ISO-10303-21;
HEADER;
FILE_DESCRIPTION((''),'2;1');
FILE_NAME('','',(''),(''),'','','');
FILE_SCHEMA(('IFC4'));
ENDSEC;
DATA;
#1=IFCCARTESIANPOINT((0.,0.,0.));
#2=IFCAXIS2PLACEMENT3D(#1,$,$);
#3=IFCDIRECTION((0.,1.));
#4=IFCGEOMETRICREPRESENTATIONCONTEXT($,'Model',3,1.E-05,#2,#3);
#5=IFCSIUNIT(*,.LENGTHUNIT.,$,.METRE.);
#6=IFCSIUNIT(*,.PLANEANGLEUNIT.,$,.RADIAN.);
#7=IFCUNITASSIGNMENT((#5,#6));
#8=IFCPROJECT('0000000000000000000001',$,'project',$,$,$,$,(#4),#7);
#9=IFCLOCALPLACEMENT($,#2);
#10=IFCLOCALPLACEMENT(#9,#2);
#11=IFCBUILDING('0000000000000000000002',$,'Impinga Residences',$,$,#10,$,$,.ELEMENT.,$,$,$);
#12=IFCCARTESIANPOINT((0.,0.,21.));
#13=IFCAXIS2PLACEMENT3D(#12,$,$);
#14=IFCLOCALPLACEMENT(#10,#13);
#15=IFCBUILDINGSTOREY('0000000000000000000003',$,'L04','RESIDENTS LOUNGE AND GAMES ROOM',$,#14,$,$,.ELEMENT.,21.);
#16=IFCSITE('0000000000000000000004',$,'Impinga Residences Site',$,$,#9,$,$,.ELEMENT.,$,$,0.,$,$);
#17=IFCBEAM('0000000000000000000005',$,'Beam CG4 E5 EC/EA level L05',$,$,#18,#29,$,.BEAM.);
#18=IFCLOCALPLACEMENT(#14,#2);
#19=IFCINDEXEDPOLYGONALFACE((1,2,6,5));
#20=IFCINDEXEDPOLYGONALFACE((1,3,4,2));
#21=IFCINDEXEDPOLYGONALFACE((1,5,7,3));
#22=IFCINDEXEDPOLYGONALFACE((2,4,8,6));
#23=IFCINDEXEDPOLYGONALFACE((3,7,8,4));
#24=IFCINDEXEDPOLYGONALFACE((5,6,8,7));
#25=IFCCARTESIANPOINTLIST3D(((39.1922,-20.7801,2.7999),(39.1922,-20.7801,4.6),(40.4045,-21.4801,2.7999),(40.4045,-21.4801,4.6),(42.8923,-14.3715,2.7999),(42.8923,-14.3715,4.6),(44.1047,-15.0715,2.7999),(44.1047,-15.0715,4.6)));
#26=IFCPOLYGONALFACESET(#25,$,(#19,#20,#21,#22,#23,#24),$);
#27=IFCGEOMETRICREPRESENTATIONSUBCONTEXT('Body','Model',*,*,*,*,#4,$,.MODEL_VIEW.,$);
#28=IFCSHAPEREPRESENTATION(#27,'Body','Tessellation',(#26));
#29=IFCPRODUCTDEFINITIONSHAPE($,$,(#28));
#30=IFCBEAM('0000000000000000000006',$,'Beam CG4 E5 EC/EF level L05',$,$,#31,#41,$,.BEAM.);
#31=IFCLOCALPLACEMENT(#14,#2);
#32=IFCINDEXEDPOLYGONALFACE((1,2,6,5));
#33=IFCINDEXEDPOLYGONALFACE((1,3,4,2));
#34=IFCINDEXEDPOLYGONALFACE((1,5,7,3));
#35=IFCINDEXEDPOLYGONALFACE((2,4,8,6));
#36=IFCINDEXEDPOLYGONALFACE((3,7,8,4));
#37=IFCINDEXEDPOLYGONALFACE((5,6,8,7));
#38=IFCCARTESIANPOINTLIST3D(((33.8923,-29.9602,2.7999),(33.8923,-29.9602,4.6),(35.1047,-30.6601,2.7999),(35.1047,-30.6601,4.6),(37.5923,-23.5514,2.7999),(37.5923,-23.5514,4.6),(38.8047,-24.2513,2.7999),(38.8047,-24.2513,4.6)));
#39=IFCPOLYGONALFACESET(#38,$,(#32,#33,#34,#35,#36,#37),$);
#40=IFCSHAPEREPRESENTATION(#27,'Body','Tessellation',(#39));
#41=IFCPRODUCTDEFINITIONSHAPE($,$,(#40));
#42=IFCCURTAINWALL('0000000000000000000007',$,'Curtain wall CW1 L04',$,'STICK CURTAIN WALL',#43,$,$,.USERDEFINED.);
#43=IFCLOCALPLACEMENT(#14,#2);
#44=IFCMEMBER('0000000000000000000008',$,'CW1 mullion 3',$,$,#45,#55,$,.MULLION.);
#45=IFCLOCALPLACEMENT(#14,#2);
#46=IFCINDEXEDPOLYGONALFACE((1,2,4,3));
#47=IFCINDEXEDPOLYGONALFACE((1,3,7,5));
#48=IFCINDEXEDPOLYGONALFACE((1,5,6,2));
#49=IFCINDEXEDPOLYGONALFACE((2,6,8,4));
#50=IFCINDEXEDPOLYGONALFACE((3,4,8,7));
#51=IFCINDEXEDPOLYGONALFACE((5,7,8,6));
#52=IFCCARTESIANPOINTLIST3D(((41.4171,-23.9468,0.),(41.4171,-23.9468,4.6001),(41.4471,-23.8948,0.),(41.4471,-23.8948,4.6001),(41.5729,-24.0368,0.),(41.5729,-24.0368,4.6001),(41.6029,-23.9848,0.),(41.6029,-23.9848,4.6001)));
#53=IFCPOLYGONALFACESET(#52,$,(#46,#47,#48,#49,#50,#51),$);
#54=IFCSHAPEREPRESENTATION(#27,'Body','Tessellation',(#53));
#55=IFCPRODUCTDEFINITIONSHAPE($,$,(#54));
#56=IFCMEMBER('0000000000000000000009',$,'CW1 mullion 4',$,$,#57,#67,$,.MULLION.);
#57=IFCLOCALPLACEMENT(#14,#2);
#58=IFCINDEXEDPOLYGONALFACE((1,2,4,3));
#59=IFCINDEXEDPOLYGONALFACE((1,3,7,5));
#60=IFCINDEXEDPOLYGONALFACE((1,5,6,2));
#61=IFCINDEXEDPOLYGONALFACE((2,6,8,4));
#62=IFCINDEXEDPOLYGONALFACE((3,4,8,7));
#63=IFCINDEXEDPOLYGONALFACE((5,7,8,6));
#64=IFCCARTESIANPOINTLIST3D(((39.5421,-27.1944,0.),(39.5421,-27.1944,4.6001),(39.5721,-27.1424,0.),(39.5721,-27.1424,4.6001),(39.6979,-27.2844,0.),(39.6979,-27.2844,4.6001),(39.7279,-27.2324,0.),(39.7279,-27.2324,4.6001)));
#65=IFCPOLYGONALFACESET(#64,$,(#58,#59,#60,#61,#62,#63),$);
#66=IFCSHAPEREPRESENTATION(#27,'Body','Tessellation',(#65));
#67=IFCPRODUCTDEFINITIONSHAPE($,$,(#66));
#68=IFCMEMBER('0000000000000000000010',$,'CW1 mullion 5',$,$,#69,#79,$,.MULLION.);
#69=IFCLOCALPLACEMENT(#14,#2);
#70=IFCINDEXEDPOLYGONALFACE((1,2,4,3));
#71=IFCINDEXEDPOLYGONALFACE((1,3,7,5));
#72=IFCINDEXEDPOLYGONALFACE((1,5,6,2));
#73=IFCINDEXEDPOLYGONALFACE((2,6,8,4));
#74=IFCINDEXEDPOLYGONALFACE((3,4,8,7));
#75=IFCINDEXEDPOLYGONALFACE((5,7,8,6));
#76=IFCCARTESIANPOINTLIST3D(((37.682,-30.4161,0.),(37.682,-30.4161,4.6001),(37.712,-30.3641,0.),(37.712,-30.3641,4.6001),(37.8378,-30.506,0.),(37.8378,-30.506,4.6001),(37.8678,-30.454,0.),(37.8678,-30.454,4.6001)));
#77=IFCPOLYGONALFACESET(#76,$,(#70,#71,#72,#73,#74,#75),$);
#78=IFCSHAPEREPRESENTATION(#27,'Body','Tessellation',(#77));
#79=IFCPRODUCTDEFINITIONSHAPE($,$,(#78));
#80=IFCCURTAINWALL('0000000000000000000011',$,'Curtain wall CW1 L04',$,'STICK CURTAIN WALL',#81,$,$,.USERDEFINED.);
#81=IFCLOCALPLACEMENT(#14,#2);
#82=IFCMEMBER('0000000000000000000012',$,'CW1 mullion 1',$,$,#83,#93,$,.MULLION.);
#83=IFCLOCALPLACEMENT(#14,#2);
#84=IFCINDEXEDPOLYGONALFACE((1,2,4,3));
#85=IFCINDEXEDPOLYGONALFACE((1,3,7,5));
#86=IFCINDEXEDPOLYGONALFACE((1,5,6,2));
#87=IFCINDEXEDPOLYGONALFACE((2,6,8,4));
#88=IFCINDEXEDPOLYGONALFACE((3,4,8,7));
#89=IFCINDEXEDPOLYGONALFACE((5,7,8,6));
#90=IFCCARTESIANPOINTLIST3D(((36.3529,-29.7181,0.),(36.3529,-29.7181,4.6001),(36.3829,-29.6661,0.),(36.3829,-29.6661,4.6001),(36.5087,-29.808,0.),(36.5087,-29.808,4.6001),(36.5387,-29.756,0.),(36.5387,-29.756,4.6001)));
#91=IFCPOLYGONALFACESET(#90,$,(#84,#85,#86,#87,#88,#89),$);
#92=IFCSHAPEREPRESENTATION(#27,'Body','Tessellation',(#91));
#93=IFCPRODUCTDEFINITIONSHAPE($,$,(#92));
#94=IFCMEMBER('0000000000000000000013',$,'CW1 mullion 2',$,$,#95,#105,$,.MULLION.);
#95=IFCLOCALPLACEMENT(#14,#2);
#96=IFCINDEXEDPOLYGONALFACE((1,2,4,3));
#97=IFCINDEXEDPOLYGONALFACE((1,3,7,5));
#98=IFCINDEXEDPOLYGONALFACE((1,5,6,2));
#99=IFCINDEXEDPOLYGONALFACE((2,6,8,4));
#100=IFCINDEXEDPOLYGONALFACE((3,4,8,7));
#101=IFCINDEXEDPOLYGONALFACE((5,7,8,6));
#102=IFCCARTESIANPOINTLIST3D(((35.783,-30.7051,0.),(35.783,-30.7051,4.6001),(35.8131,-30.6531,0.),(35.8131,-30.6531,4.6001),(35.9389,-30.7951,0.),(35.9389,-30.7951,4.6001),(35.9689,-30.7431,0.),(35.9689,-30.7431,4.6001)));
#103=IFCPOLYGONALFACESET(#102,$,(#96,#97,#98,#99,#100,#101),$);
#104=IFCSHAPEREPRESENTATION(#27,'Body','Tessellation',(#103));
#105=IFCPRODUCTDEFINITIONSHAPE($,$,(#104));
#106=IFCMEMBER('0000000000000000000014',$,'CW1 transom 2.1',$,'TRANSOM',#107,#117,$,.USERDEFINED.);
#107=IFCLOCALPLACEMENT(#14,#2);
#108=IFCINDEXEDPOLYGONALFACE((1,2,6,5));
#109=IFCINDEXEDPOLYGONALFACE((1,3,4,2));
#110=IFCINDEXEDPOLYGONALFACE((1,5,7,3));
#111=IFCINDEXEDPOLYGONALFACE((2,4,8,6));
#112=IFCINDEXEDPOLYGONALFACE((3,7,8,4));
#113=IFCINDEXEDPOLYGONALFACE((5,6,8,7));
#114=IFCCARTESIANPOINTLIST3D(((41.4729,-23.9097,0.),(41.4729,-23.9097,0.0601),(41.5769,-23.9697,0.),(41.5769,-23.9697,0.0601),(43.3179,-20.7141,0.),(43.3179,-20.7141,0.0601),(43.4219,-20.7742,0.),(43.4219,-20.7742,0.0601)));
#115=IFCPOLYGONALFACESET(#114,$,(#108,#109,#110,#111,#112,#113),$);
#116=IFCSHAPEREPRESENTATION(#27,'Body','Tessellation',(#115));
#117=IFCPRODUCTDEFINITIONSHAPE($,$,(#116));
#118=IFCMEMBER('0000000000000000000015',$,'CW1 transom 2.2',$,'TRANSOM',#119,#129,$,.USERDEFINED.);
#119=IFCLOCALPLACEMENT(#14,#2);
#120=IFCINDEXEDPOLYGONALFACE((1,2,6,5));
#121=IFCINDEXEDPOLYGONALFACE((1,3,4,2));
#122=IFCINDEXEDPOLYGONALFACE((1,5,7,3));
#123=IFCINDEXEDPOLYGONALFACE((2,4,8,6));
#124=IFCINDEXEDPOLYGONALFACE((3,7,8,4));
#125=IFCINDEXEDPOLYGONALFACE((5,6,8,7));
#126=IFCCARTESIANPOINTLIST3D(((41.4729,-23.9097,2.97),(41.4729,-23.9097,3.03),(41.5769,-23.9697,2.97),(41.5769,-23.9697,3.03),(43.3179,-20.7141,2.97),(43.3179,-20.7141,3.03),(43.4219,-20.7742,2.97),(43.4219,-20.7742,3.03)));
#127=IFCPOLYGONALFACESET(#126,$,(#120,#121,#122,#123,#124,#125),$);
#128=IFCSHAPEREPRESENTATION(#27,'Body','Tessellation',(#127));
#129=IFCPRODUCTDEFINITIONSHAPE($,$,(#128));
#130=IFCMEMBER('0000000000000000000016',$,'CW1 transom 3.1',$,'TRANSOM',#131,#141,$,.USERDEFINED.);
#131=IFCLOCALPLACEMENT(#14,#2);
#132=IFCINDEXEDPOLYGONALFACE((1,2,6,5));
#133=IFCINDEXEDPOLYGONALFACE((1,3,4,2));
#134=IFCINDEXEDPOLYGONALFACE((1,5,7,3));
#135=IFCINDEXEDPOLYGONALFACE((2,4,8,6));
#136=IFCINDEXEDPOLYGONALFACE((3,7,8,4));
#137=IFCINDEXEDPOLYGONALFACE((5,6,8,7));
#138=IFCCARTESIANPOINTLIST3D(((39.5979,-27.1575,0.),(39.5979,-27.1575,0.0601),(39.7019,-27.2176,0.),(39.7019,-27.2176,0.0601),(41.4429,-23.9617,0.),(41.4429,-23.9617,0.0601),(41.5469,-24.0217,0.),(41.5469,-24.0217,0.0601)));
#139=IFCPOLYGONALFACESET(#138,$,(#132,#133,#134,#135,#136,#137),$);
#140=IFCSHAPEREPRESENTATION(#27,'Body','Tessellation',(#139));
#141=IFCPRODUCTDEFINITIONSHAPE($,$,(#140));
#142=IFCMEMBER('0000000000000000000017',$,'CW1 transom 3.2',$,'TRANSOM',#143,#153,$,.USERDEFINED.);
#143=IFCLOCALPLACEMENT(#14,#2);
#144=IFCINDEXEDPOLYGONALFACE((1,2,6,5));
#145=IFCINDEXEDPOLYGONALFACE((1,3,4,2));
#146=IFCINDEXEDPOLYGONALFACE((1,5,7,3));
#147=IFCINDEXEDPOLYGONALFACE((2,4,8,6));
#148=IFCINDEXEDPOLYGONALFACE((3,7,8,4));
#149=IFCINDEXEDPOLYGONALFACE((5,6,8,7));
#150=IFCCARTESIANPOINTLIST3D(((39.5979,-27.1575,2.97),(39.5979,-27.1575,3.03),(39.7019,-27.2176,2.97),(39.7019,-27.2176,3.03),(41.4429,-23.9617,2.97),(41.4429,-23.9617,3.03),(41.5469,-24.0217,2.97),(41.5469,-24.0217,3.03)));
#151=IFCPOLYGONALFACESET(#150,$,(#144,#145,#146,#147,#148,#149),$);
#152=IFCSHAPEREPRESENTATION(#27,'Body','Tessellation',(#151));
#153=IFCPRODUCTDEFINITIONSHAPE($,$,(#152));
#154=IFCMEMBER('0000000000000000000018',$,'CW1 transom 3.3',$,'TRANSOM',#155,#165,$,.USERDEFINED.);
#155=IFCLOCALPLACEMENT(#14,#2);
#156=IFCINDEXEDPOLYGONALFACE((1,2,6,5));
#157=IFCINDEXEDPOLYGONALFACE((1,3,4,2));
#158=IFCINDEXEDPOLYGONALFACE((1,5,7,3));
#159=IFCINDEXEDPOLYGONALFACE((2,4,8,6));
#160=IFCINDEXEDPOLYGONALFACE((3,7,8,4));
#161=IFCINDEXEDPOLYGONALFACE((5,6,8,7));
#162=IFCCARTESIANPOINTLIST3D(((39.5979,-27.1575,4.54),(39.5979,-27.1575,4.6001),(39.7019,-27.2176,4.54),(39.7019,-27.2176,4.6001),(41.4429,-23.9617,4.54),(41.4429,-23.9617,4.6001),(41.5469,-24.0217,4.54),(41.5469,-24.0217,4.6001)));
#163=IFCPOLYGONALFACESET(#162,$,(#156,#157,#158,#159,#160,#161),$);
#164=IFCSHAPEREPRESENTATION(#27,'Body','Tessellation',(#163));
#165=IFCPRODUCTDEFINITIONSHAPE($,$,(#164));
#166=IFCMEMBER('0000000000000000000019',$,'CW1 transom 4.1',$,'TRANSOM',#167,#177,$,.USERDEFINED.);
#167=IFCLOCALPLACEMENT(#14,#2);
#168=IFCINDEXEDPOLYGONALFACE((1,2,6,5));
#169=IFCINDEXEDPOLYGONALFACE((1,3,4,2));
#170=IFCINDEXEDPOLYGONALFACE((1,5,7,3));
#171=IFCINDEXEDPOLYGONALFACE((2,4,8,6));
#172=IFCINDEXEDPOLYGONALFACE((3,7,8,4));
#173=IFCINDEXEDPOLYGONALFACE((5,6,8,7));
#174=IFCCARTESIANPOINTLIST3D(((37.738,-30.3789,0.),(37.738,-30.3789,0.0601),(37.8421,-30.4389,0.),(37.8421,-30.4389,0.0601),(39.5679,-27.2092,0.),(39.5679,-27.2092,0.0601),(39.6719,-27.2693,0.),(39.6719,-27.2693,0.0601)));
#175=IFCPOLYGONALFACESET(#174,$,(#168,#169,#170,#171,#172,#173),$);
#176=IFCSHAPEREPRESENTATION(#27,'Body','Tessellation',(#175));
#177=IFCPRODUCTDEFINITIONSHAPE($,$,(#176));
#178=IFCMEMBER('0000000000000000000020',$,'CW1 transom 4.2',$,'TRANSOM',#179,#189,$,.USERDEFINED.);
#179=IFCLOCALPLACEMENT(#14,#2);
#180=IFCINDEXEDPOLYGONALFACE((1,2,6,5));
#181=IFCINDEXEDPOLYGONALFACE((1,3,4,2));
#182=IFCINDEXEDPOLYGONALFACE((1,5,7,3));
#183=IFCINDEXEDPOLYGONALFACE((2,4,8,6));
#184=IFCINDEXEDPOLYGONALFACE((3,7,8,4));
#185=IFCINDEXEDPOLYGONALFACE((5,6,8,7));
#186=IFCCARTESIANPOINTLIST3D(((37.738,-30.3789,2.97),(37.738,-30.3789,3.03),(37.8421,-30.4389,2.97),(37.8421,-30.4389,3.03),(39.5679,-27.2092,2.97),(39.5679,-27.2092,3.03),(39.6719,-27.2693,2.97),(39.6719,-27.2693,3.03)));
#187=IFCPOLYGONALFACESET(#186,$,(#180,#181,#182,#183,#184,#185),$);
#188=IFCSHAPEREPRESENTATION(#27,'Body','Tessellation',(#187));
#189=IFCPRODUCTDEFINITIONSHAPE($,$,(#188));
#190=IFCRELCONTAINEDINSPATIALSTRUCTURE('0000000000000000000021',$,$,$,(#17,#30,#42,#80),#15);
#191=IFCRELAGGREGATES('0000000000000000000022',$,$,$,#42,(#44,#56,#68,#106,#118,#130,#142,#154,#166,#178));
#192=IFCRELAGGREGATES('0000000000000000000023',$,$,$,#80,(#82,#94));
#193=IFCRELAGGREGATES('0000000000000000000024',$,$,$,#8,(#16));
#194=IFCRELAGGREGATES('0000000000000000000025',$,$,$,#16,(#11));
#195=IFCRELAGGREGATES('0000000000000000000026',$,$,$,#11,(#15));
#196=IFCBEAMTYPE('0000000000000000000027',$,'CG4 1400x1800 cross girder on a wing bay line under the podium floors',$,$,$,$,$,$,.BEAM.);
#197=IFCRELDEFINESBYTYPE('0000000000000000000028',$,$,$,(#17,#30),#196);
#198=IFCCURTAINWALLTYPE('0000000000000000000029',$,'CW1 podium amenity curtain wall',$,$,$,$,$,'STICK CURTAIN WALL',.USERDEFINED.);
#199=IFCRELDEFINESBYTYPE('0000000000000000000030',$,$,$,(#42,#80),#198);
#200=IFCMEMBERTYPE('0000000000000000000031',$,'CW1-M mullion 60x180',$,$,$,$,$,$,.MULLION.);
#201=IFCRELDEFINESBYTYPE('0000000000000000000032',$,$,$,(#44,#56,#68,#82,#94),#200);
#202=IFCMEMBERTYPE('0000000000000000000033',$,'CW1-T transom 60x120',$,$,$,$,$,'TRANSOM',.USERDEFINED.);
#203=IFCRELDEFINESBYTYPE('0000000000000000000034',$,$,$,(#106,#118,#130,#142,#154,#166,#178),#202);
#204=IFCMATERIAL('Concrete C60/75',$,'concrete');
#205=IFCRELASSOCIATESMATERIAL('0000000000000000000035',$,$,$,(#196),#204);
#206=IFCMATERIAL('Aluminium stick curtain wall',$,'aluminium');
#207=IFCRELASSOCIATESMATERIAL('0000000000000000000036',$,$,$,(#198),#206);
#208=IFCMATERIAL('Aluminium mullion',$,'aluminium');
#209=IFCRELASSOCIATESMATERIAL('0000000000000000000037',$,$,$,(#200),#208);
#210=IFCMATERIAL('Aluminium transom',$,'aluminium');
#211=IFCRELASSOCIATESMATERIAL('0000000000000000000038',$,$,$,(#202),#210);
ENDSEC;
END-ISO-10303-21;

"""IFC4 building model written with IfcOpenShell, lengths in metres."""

from ifc_helpers import new_model, si_unit, direction, frame, origin, origin_2d, place, context, subcontext, project, spatial, rectangle, extrude, material, material_profile, profile_set, type_object, element, aggregate, save


model = new_model("IFC4")

# Units and contexts
model_context = context("Model", 3, precision=1e-05, world=origin(), true_north=direction((0.0, 1.0)))
body_context = subcontext(model_context, "Body", "Model", "MODEL_VIEW")
ifc_project = project(units=[si_unit("LENGTHUNIT", "METRE"), si_unit("PLANEANGLEUNIT", "RADIAN")], contexts=[model_context])

# Site, building, storey
site_placement = place(None, origin())
site = spatial("IfcSite", under=ifc_project, at=site_placement, Name="Impinga Residences Site", CompositionType="ELEMENT", RefElevation=0.0)
building_placement = place(site_placement, origin())
building = spatial("IfcBuilding", under=site, at=building_placement, Name="Impinga Residences", CompositionType="ELEMENT")
storey_placement = place(building_placement, frame((0.0, 0.0, 21.0)))
storey = spatial("IfcBuildingStorey", under=building, at=storey_placement, Name="L04", Description="RESIDENTS LOUNGE AND GAMES ROOM", CompositionType="ELEMENT", Elevation=21.0)

# Beams
ifc_material_1 = material(Name="Concrete C60/75", Category="concrete")
ifc_material_profile_1 = material_profile(ifc_material_1, rectangle(XDim=1.3999, YDim=1.8, at=origin_2d()), Name="RC 1400x1800")
ifc_profile_set_1 = profile_set([ifc_material_profile_1], Name="Concrete C60/75")
beam_type_1 = type_object("IfcBeamType", Name="CG4 1400x1800 cross girder on a wing bay line under the podium floors", PredefinedType="BEAM", material=ifc_profile_set_1)
for number, where, z_axis, x_axis, name in (
    (1, (39.7983, -21.1301, 3.7), (0.500014, 0.866017, 0.0), (-0.866017, 0.500014, 0.0), "Beam CG4 E5 EC/EA level L05"),
    (2, (38.1985, -23.9014, 3.7), (-0.499989, -0.866032, 0.0), (0.866032, -0.499989, 0.0), "Beam CG4 E5 EC/EF level L05"),
):
    element("IfcBeam", number, at=place(storey_placement, frame(where, z_axis=z_axis, x_axis=x_axis)), inside=storey, type_object=beam_type_1, Name=name, PredefinedType="BEAM", context=body_context, shape_type="SweptSolid", body=[
        extrude(rectangle(XDim=1.3999, YDim=1.8, at=origin_2d()), origin(), (0.0, 0.0, 1.0), 7.4001),
    ])

# Curtain walls, members
ifc_material_2 = material(Name="Aluminium stick curtain wall", Category="aluminium")
curtain_wall_type = type_object("IfcCurtainWallType", Name="CW1 podium amenity curtain wall", ElementType="STICK CURTAIN WALL", PredefinedType="USERDEFINED", material=ifc_material_2)
curtain_wall_1_placement = place(storey_placement, origin())
curtain_wall_1 = element("IfcCurtainWall", 3, at=curtain_wall_1_placement, inside=storey, type_object=curtain_wall_type, Name="Curtain wall CW1 L04", ObjectType="STICK CURTAIN WALL", PredefinedType="USERDEFINED")
ifc_material_3 = material(Name="Aluminium mullion", Category="aluminium")
ifc_material_profile_2 = material_profile(ifc_material_3, rectangle(XDim=0.0601, YDim=0.1799, at=origin_2d()), Name="60x180 mullion")
ifc_profile_set_2 = profile_set([ifc_material_profile_2], Name="Aluminium mullion")
member_type_1 = type_object("IfcMemberType", Name="CW1-M mullion 60x180", PredefinedType="MULLION", material=ifc_profile_set_2)
member_1_placement = place(storey_placement, frame((41.51, -23.9658, 0.0), z_axis=(0.0, 0.0, 1.0), x_axis=(-0.5, -0.866025, 0.0)))
member_1 = element("IfcMember", 4, at=member_1_placement, type_object=member_type_1, Name="CW1 mullion 3", PredefinedType="MULLION", context=body_context, shape_type="SweptSolid", body=[
    extrude(rectangle(XDim=0.0601, YDim=0.1799, at=origin_2d()), origin(), (0.0, 0.0, 1.0), 4.6001),
])
member_2_placement = place(storey_placement, frame((39.635, -27.2134, 0.0), z_axis=(0.0, 0.0, 1.0), x_axis=(-0.5, -0.866025, 0.0)))
member_2 = element("IfcMember", 5, at=member_2_placement, type_object=member_type_1, Name="CW1 mullion 4", PredefinedType="MULLION", context=body_context, shape_type="SweptSolid", body=[
    extrude(rectangle(XDim=0.0601, YDim=0.1799, at=origin_2d()), origin(), (0.0, 0.0, 1.0), 4.6001),
])
member_3_placement = place(storey_placement, frame((37.7749, -30.4351, 0.0), z_axis=(0.0, 0.0, 1.0), x_axis=(-0.5, -0.866025, 0.0)))
member_3 = element("IfcMember", 6, at=member_3_placement, type_object=member_type_1, Name="CW1 mullion 5", PredefinedType="MULLION", context=body_context, shape_type="SweptSolid", body=[
    extrude(rectangle(XDim=0.0601, YDim=0.1799, at=origin_2d()), origin(), (0.0, 0.0, 1.0), 4.6001),
])
curtain_wall_2_placement = place(storey_placement, origin())
curtain_wall_2 = element("IfcCurtainWall", 7, at=curtain_wall_2_placement, inside=storey, type_object=curtain_wall_type, Name="Curtain wall CW1 L04", ObjectType="STICK CURTAIN WALL", PredefinedType="USERDEFINED")
member_4_placement = place(storey_placement, frame((36.4458, -29.7371, 0.0), z_axis=(0.0, 0.0, 1.0), x_axis=(-0.5, -0.866026, 0.0)))
member_4 = element("IfcMember", 8, at=member_4_placement, type_object=member_type_1, Name="CW1 mullion 1", PredefinedType="MULLION", context=body_context, shape_type="SweptSolid", body=[
    extrude(rectangle(XDim=0.0601, YDim=0.1799, at=origin_2d()), origin(), (0.0, 0.0, 1.0), 4.6001),
])
member_5_placement = place(storey_placement, frame((35.876, -30.7241, 0.0), z_axis=(0.0, 0.0, 1.0), x_axis=(-0.5, -0.866026, 0.0)))
member_5 = element("IfcMember", 9, at=member_5_placement, type_object=member_type_1, Name="CW1 mullion 2", PredefinedType="MULLION", context=body_context, shape_type="SweptSolid", body=[
    extrude(rectangle(XDim=0.0601, YDim=0.1799, at=origin_2d()), origin(), (0.0, 0.0, 1.0), 4.6001),
])

# Members
ifc_material_4 = material(Name="Aluminium transom", Category="aluminium")
ifc_material_profile_3 = material_profile(ifc_material_4, rectangle(XDim=0.0601, YDim=0.1201, at=origin_2d()), Name="60x120 transom")
ifc_profile_set_3 = profile_set([ifc_material_profile_3], Name="Aluminium transom")
member_type_2 = type_object("IfcMemberType", Name="CW1-T transom 60x120", ElementType="TRANSOM", PredefinedType="USERDEFINED", material=ifc_profile_set_3)
member_6_placement = place(storey_placement, frame((43.3699, -20.7441, 0.03), z_axis=(-0.500003, -0.866024, 0.0), x_axis=(0.0, 0.0, 1.0)))
member_6 = element("IfcMember", 10, at=member_6_placement, type_object=member_type_2, Name="CW1 transom 2.1", ObjectType="TRANSOM", PredefinedType="USERDEFINED", context=body_context, shape_type="SweptSolid", body=[
    extrude(rectangle(XDim=0.0601, YDim=0.1201, at=origin_2d()), origin(), (0.0, 0.0, 1.0), 3.6899),
])
member_7_placement = place(storey_placement, frame((43.3699, -20.7441, 3.0), z_axis=(-0.500003, -0.866024, 0.0), x_axis=(0.0, 0.0, 1.0)))
member_7 = element("IfcMember", 11, at=member_7_placement, type_object=member_type_2, Name="CW1 transom 2.2", ObjectType="TRANSOM", PredefinedType="USERDEFINED", context=body_context, shape_type="SweptSolid", body=[
    extrude(rectangle(XDim=0.0601, YDim=0.1201, at=origin_2d()), origin(), (0.0, 0.0, 1.0), 3.6899),
])
member_8_placement = place(storey_placement, frame((41.4949, -23.9917, 0.03), z_axis=(-0.499974, -0.86604, 0.0), x_axis=(0.0, 0.0, 1.0)))
member_8 = element("IfcMember", 12, at=member_8_placement, type_object=member_type_2, Name="CW1 transom 3.1", ObjectType="TRANSOM", PredefinedType="USERDEFINED", context=body_context, shape_type="SweptSolid", body=[
    extrude(rectangle(XDim=0.0601, YDim=0.1201, at=origin_2d()), origin(), (0.0, 0.0, 1.0), 3.6902),
])
member_9_placement = place(storey_placement, frame((41.4949, -23.9917, 3.0), z_axis=(-0.499974, -0.86604, 0.0), x_axis=(0.0, 0.0, 1.0)))
member_9 = element("IfcMember", 13, at=member_9_placement, type_object=member_type_2, Name="CW1 transom 3.2", ObjectType="TRANSOM", PredefinedType="USERDEFINED", context=body_context, shape_type="SweptSolid", body=[
    extrude(rectangle(XDim=0.0601, YDim=0.1201, at=origin_2d()), origin(), (0.0, 0.0, 1.0), 3.6902),
])
member_10_placement = place(storey_placement, frame((41.4949, -23.9917, 4.5701), z_axis=(-0.499974, -0.86604, 0.0), x_axis=(0.0, 0.0, 1.0)))
member_10 = element("IfcMember", 14, at=member_10_placement, type_object=member_type_2, Name="CW1 transom 3.3", ObjectType="TRANSOM", PredefinedType="USERDEFINED", context=body_context, shape_type="SweptSolid", body=[
    extrude(rectangle(XDim=0.0601, YDim=0.1201, at=origin_2d()), origin(), (0.0, 0.0, 1.0), 3.6902),
])
member_11_placement = place(storey_placement, frame((39.6199, -27.2393, 0.03), z_axis=(-0.499963, -0.866047, 0.0), x_axis=(0.0, 0.0, 1.0)))
member_11 = element("IfcMember", 15, at=member_11_placement, type_object=member_type_2, Name="CW1 transom 4.1", ObjectType="TRANSOM", PredefinedType="USERDEFINED", context=body_context, shape_type="SweptSolid", body=[
    extrude(rectangle(XDim=0.0601, YDim=0.1201, at=origin_2d()), origin(), (0.0, 0.0, 1.0), 3.6599),
])
member_12_placement = place(storey_placement, frame((39.6199, -27.2393, 3.0), z_axis=(-0.499963, -0.866047, 0.0), x_axis=(0.0, 0.0, 1.0)))
member_12 = element("IfcMember", 16, at=member_12_placement, type_object=member_type_2, Name="CW1 transom 4.2", ObjectType="TRANSOM", PredefinedType="USERDEFINED", context=body_context, shape_type="SweptSolid", body=[
    extrude(rectangle(XDim=0.0601, YDim=0.1201, at=origin_2d()), origin(), (0.0, 0.0, 1.0), 3.6599),
])

aggregate(curtain_wall_1, [member_1, member_2, member_3, member_6, member_7, member_8, member_9, member_10, member_11, member_12])
aggregate(curtain_wall_2, [member_4, member_5])

save(model, "model.ifc")
